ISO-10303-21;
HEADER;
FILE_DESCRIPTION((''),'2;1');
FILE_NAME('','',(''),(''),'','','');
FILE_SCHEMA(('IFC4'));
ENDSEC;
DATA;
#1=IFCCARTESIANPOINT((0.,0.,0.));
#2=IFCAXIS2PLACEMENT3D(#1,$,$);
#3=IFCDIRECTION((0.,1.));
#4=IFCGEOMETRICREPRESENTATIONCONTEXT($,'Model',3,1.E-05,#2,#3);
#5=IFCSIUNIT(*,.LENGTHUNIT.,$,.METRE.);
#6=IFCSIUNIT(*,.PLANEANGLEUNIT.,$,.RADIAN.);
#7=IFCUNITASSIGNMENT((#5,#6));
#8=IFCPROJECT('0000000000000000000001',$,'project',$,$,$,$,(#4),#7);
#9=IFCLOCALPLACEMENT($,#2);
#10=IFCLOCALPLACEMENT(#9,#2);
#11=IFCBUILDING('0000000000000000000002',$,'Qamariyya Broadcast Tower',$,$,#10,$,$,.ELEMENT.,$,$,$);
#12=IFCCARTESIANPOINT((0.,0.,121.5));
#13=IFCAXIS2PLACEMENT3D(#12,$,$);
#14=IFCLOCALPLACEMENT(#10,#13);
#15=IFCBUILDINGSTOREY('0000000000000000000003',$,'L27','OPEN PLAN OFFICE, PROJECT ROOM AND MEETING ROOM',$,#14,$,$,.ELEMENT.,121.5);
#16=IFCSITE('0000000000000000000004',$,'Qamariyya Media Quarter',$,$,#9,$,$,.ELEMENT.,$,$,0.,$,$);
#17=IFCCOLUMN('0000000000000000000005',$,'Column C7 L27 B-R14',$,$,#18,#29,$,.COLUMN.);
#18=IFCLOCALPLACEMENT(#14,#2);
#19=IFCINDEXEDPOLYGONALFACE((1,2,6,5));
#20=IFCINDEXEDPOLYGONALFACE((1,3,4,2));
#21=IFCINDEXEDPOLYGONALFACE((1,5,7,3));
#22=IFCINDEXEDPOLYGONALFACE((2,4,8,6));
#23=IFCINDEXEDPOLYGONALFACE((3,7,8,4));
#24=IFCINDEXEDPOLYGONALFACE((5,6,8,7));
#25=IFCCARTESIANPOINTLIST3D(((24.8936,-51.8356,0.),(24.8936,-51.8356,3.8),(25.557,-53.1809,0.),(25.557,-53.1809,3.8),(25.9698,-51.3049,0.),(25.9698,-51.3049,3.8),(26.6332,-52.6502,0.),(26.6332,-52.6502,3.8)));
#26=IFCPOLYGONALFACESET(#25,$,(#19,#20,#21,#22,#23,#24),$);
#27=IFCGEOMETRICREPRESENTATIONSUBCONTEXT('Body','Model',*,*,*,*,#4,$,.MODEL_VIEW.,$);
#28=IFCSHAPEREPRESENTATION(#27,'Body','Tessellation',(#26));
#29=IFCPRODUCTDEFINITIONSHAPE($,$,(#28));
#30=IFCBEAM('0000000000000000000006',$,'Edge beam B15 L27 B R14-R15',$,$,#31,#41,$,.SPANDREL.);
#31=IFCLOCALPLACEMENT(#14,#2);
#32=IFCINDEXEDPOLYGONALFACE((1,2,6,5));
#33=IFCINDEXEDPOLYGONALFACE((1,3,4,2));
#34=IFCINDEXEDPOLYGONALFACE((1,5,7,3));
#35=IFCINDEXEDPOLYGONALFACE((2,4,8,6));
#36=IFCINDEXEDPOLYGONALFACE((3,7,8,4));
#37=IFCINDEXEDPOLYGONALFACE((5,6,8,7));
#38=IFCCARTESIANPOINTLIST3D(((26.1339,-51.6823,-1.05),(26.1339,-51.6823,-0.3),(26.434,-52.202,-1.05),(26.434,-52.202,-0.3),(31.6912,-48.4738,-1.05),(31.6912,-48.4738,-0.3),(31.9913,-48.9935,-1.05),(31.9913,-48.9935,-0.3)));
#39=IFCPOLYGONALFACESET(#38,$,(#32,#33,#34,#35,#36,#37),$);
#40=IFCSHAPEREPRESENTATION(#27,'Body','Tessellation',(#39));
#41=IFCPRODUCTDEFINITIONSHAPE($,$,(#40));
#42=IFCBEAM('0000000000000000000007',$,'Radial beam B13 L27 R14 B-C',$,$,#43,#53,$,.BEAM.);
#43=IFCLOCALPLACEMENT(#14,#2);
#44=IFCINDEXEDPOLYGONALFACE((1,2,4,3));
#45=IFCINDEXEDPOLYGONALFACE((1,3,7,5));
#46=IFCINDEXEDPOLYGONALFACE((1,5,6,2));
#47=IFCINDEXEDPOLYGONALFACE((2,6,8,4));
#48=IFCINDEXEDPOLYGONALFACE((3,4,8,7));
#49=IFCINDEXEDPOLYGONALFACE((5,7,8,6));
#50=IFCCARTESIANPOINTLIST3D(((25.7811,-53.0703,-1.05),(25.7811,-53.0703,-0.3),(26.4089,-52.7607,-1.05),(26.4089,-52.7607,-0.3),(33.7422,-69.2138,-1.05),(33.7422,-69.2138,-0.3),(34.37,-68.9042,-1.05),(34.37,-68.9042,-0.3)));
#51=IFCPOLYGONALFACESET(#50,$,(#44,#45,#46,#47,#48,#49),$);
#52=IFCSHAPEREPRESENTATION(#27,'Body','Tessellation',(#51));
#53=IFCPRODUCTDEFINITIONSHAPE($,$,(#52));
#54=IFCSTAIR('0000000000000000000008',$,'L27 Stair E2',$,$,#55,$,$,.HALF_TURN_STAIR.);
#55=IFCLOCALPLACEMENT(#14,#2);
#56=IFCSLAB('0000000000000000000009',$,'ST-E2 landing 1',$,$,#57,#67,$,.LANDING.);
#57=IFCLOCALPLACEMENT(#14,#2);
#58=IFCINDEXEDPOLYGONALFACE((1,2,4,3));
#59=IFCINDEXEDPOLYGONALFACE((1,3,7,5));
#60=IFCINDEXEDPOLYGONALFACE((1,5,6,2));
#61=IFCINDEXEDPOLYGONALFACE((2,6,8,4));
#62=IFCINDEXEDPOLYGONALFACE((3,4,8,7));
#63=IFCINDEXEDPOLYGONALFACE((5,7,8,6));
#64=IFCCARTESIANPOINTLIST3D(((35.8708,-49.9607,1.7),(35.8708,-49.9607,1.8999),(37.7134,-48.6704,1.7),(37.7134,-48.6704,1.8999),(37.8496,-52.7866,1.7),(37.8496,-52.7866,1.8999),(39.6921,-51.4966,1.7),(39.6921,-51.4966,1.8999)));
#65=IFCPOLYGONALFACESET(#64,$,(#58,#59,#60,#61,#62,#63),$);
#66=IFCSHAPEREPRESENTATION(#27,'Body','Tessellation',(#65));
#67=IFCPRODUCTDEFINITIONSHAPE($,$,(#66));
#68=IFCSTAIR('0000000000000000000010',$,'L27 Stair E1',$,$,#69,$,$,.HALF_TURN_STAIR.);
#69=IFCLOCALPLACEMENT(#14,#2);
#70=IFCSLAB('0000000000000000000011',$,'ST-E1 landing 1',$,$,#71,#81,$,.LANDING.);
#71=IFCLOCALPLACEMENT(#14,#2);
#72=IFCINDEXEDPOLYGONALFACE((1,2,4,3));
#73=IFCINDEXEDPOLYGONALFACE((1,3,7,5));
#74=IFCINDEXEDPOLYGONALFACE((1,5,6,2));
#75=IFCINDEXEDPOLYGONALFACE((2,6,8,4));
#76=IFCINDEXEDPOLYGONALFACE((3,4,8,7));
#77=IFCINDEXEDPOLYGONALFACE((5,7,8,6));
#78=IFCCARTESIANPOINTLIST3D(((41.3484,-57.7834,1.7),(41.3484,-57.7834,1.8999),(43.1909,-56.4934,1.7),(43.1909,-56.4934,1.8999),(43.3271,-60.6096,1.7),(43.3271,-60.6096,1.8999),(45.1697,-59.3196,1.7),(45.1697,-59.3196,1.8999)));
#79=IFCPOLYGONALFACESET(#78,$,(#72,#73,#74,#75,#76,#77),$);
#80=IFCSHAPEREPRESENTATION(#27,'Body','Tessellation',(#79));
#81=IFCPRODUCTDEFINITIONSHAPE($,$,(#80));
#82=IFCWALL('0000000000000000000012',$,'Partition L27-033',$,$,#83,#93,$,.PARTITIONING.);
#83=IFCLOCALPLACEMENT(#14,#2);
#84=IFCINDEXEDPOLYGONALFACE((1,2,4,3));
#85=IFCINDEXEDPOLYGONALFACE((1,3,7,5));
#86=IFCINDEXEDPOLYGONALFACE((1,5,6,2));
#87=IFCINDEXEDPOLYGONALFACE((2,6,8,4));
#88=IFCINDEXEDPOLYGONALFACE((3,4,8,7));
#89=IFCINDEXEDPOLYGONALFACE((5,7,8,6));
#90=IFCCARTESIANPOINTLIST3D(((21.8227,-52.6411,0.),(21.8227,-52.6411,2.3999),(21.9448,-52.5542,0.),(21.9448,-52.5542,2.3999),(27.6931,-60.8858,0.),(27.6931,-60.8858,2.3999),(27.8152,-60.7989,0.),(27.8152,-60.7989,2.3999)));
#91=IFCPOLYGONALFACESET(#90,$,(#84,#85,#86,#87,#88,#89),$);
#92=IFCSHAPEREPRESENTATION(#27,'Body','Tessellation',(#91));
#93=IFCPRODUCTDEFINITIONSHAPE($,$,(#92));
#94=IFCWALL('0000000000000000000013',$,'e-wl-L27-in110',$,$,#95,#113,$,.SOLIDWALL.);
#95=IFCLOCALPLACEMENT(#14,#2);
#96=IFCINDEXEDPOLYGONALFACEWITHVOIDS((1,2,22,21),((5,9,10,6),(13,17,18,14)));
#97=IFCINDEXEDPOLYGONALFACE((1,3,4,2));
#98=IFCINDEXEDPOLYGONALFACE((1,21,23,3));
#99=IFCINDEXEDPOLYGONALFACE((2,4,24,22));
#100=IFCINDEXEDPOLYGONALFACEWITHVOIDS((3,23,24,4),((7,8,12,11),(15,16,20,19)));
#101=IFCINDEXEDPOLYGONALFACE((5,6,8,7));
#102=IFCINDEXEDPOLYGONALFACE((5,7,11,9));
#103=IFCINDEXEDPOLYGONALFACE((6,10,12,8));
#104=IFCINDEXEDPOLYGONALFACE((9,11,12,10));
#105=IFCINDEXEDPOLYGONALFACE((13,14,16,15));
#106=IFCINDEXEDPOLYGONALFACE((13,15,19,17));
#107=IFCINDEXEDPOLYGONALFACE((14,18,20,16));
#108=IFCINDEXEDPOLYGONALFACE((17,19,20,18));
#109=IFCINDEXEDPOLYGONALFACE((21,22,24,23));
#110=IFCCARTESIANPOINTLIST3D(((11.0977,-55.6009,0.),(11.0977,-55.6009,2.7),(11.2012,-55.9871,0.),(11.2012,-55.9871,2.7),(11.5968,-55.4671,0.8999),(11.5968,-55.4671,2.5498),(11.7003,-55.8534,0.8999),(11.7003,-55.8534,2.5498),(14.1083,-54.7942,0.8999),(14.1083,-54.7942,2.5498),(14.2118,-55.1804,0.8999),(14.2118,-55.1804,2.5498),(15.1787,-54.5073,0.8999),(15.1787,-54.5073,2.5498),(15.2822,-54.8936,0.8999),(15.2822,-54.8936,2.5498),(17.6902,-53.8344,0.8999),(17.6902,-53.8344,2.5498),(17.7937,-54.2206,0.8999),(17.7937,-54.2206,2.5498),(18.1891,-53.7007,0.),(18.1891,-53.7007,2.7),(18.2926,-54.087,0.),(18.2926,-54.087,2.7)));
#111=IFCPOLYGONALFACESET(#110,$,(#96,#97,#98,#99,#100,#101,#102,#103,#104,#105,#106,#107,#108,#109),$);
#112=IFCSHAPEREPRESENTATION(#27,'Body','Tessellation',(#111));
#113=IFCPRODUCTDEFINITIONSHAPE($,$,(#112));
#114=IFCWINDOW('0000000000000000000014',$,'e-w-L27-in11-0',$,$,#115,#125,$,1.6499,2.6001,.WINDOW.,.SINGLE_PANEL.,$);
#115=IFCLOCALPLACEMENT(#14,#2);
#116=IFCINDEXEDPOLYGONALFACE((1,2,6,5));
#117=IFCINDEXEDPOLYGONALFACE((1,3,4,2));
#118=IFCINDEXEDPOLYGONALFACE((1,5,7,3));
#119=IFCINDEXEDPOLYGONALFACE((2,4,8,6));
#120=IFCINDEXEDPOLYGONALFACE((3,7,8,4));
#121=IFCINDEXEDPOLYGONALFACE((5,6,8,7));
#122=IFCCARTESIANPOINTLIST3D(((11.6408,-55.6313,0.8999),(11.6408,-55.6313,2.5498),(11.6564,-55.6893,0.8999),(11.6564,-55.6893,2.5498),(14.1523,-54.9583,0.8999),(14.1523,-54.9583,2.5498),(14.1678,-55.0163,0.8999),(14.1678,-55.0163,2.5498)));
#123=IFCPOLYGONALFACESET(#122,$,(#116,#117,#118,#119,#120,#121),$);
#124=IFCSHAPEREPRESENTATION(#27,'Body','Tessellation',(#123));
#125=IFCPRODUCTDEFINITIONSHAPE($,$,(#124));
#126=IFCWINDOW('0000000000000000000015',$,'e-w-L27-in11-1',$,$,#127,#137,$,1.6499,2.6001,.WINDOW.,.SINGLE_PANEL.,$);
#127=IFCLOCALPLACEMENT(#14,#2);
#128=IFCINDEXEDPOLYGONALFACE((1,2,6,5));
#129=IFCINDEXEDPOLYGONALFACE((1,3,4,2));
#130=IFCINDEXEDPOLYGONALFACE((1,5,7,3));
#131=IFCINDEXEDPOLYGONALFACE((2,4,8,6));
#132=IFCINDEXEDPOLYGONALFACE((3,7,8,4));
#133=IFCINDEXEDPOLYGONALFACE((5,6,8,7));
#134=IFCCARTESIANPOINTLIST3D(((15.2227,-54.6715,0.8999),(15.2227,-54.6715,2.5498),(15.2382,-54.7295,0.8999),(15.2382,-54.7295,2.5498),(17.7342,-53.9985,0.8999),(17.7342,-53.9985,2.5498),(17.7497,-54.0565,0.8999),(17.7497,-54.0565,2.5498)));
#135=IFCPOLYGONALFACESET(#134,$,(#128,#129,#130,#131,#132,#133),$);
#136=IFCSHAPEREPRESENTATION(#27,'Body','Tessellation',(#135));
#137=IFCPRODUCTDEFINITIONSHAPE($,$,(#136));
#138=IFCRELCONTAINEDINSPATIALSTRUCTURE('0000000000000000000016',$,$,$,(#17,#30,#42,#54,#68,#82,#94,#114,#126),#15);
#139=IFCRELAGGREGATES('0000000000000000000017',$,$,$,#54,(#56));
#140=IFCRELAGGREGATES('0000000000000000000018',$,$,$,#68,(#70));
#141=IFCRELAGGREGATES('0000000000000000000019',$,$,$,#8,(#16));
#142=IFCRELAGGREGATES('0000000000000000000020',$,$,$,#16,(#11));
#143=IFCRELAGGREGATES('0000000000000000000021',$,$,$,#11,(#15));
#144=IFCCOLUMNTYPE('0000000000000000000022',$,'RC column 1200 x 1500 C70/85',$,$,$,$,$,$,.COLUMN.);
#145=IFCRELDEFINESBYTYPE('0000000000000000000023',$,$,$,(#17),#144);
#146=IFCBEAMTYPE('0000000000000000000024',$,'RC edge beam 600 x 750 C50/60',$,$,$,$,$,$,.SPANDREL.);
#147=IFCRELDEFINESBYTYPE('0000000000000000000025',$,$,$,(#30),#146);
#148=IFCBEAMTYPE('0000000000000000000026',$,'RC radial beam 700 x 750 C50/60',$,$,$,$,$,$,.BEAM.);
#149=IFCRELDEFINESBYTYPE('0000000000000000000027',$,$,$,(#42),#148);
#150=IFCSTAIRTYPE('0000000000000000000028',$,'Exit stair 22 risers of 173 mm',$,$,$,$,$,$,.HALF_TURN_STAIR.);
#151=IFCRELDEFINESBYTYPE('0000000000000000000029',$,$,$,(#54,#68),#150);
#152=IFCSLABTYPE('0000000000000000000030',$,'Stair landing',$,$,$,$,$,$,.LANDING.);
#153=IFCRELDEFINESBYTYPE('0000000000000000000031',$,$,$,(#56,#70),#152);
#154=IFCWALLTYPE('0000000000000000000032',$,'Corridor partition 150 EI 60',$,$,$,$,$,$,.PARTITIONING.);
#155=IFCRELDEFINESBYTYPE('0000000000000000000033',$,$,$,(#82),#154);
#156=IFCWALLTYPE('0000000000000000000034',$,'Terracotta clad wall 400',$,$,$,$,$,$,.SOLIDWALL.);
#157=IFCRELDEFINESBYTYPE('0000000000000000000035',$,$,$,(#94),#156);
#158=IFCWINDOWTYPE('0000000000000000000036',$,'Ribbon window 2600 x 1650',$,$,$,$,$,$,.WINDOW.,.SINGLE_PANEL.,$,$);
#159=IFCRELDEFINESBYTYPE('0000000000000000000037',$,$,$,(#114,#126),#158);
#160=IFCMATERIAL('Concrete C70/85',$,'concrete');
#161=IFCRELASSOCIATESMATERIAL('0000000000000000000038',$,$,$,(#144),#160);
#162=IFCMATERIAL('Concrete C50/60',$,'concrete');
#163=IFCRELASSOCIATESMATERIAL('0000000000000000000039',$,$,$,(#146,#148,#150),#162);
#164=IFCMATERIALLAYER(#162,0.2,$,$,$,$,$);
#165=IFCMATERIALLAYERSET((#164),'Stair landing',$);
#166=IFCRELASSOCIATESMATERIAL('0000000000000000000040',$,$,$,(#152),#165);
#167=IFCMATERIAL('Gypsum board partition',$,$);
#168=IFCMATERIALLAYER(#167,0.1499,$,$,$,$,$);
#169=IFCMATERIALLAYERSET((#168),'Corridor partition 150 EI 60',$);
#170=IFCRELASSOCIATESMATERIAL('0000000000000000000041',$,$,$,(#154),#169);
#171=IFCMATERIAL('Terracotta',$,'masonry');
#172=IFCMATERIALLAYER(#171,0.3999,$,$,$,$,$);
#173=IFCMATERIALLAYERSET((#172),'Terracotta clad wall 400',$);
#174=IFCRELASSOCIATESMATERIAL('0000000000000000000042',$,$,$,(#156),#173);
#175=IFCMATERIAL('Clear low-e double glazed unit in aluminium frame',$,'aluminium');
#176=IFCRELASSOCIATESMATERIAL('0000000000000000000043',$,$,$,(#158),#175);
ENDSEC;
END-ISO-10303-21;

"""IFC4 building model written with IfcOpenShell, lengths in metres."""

from ifc_helpers import new_model, si_unit, direction, frame, frame_2d, origin, origin_2d, place, context, subcontext, project, spatial, polyline, rectangle, outline, extrude, material, layer, layer_set, material_profile, profile_set, type_object, element, fill, aggregate, save


model = new_model("IFC4")

# Units and contexts
model_context = context("Model", 3, precision=1e-05, world=origin(), true_north=direction((0.0, 1.0)))
body_context = subcontext(model_context, "Body", "Model", "MODEL_VIEW")
ifc_project = project(units=[si_unit("LENGTHUNIT", "METRE"), si_unit("PLANEANGLEUNIT", "RADIAN")], contexts=[model_context])

# Site, building, storey
site_placement = place(None, origin())
site = spatial("IfcSite", under=ifc_project, at=site_placement, Name="Qamariyya Media Quarter", CompositionType="ELEMENT", RefElevation=0.0)
building_placement = place(site_placement, origin())
building = spatial("IfcBuilding", under=site, at=building_placement, Name="Qamariyya Broadcast Tower", CompositionType="ELEMENT")
storey_placement = place(building_placement, frame((0.0, 0.0, 121.5)))
storey = spatial("IfcBuildingStorey", under=building, at=storey_placement, Name="L27", Description="OPEN PLAN OFFICE, PROJECT ROOM AND MEETING ROOM", CompositionType="ELEMENT", Elevation=121.5)

# Column
ifc_material_1 = material(Name="Concrete C70/85", Category="concrete")
ifc_material_profile_1 = material_profile(ifc_material_1, rectangle(XDim=1.2, YDim=1.5, at=origin_2d()))
ifc_profile_set_1 = profile_set([ifc_material_profile_1], Name="Concrete C70/85")
column_type = type_object("IfcColumnType", Name="RC column 1200 x 1500 C70/85", PredefinedType="COLUMN", material=ifc_profile_set_1)
column_placement = place(storey_placement, frame((25.7634, -52.2429, 0.0), z_axis=(0.0, 0.0, 1.0), x_axis=(0.896873, 0.442289, 0.0)))
element("IfcColumn", 1, at=column_placement, inside=storey, type_object=column_type, Name="Column C7 L27 B-R14", PredefinedType="COLUMN", context=body_context, shape_type="SweptSolid", body=[
    extrude(rectangle(XDim=1.2, YDim=1.5, at=origin_2d()), origin(), (0.0, 0.0, 1.0), 3.8),
])

# Beams
ifc_material_2 = material(Name="Concrete C50/60", Category="concrete")
ifc_material_profile_2 = material_profile(ifc_material_2, rectangle(XDim=0.6001, YDim=0.75, at=origin_2d()))
ifc_profile_set_2 = profile_set([ifc_material_profile_2], Name="Concrete C50/60")
beam_type_1 = type_object("IfcBeamType", Name="RC edge beam 600 x 750 C50/60", PredefinedType="SPANDREL", material=ifc_profile_set_2)
beam_1_placement = place(storey_placement, frame((26.2839, -51.9421, -0.675), z_axis=(0.866029, 0.499994, 0.0), x_axis=(-0.499994, 0.866029, 0.0)))
element("IfcBeam", 2, at=beam_1_placement, inside=storey, type_object=beam_type_1, Name="Edge beam B15 L27 B R14-R15", PredefinedType="SPANDREL", context=body_context, shape_type="SweptSolid", body=[
    extrude(rectangle(XDim=0.6001, YDim=0.75, at=origin_2d()), origin(), (0.0, 0.0, 1.0), 6.417),
])
ifc_material_profile_3 = material_profile(ifc_material_2, rectangle(XDim=0.7, YDim=0.75, at=origin_2d()))
ifc_profile_set_3 = profile_set([ifc_material_profile_3], Name="Concrete C50/60")
beam_type_2 = type_object("IfcBeamType", Name="RC radial beam 700 x 750 C50/60", PredefinedType="BEAM", material=ifc_profile_set_3)
beam_2_placement = place(storey_placement, frame((26.095, -52.9155, -0.675), z_axis=(0.442291, -0.896871, 0.0), x_axis=(0.896871, 0.442291, 0.0)))
element("IfcBeam", 3, at=beam_2_placement, inside=storey, type_object=beam_type_2, Name="Radial beam B13 L27 R14 B-C", PredefinedType="BEAM", context=body_context, shape_type="SweptSolid", body=[
    extrude(rectangle(XDim=0.7, YDim=0.75, at=origin_2d()), origin(), (0.0, 0.0, 1.0), 17.9998),
])

# Stairs, slabs
stair_type = type_object("IfcStairType", Name="Exit stair 22 risers of 173 mm", PredefinedType="HALF_TURN_STAIR", material=ifc_material_2)
stair_1_placement = place(storey_placement, origin())
stair_1 = element("IfcStair", 4, at=stair_1_placement, inside=storey, type_object=stair_type, Name="L27 Stair E2", PredefinedType="HALF_TURN_STAIR")
ifc_layer_1 = layer(ifc_material_2, 0.2)
ifc_layer_set_1 = layer_set([ifc_layer_1], Name="Stair landing")
slab_type = type_object("IfcSlabType", Name="Stair landing", PredefinedType="LANDING", material=ifc_layer_set_1)
slab_1_placement = place(storey_placement, frame((0.0, 0.0, 1.7)))
slab_1 = element("IfcSlab", 5, at=slab_1_placement, type_object=slab_type, Name="ST-E2 landing 1", PredefinedType="LANDING", context=body_context, shape_type="SweptSolid", body=[
    extrude(outline(polyline([(37.7134, -48.6704), (35.8708, -49.9607), (37.8496, -52.7866), (39.6921, -51.4966), (37.7134, -48.6704)])), origin(), (0.0, 0.0, 1.0), 0.2),
])
aggregate(stair_1, [slab_1])
stair_2_placement = place(storey_placement, origin())
stair_2 = element("IfcStair", 6, at=stair_2_placement, inside=storey, type_object=stair_type, Name="L27 Stair E1", PredefinedType="HALF_TURN_STAIR")
slab_2_placement = place(storey_placement, frame((0.0, 0.0, 1.7)))
slab_2 = element("IfcSlab", 7, at=slab_2_placement, type_object=slab_type, Name="ST-E1 landing 1", PredefinedType="LANDING", context=body_context, shape_type="SweptSolid", body=[
    extrude(outline(polyline([(43.1909, -56.4934), (41.3484, -57.7834), (43.3271, -60.6096), (45.1697, -59.3196), (43.1909, -56.4934)])), origin(), (0.0, 0.0, 1.0), 0.2),
])
aggregate(stair_2, [slab_2])

# Wall
ifc_material_3 = material(Name="Gypsum board partition")
ifc_layer_2 = layer(ifc_material_3, 0.1499)
ifc_layer_set_2 = layer_set([ifc_layer_2], Name="Corridor partition 150 EI 60")
wall_type_1 = type_object("IfcWallType", Name="Corridor partition 150 EI 60", PredefinedType="PARTITIONING", material=ifc_layer_set_2)
wall_1_placement = place(storey_placement, frame((21.8838, -52.5977, 0.0), z_axis=(0.0, 0.0, 1.0), x_axis=(0.580017, -0.814605, 0.0)))
element("IfcWall", 8, at=wall_1_placement, inside=storey, type_object=wall_type_1, Name="Partition L27-033", PredefinedType="PARTITIONING", context=body_context, shape_type="SweptSolid", body=[
    extrude(rectangle(XDim=10.1211, YDim=0.1499, at=frame_2d((5.0605, 0.0))), origin(), (0.0, 0.0, 1.0), 2.3999),
])

# Wall, openings, windows
ifc_material_4 = material(Name="Terracotta", Category="masonry")
ifc_layer_3 = layer(ifc_material_4, 0.3999)
ifc_layer_set_3 = layer_set([ifc_layer_3], Name="Terracotta clad wall 400")
wall_type_2 = type_object("IfcWallType", Name="Terracotta clad wall 400", PredefinedType="SOLIDWALL", material=ifc_layer_set_3)
wall_2_placement = place(storey_placement, frame((18.241, -53.8938, 0.0), z_axis=(0.0, 0.0, 1.0), x_axis=(-0.965925, -0.258824, 0.0)))
wall_2 = element("IfcWall", 9, at=wall_2_placement, inside=storey, type_object=wall_type_2, Name="e-wl-L27-in110", PredefinedType="SOLIDWALL", context=body_context, shape_type="SweptSolid", body=[
    extrude(rectangle(XDim=7.3416, YDim=0.3999, at=frame_2d((3.6709, 0.0))), origin(), (0.0, 0.0, 1.0), 2.7),
])
opening_1_placement = place(wall_2_placement, frame((4.2249, 0.0, 0.8999)))
opening_1 = element("IfcOpeningElement", 10, at=opening_1_placement, cuts=wall_2, PredefinedType="OPENING", context=body_context, shape_type="SweptSolid", body=[
    extrude(rectangle(XDim=2.6001, YDim=1.6499, at=frame_2d((1.3, 0.825))), frame((0.0, 0.21, 0.0), z_axis=(0.0, -1.0, 0.0), x_axis=(1.0, 0.0, 0.0)), (0.0, 0.0, 1.0), 0.4199),
])
opening_2_placement = place(wall_2_placement, frame((0.5166, 0.0, 0.8999)))
opening_2 = element("IfcOpeningElement", 11, at=opening_2_placement, cuts=wall_2, PredefinedType="OPENING", context=body_context, shape_type="SweptSolid", body=[
    extrude(rectangle(XDim=2.6001, YDim=1.6499, at=frame_2d((1.3, 0.825))), frame((0.0, 0.21, 0.0), z_axis=(0.0, -1.0, 0.0), x_axis=(1.0, 0.0, 0.0)), (0.0, 0.0, 1.0), 0.4199),
])
ifc_material_5 = material(Name="Clear low-e double glazed unit in aluminium frame", Category="aluminium")
window_type = type_object("IfcWindowType", Name="Ribbon window 2600 x 1650", PartitioningType="SINGLE_PANEL", PredefinedType="WINDOW", material=ifc_material_5)
window_1_placement = place(opening_1_placement, origin())
window_1 = element("IfcWindow", 12, at=window_1_placement, inside=storey, type_object=window_type, Name="e-w-L27-in11-0", OverallHeight=1.6499, OverallWidth=2.6001, PartitioningType="SINGLE_PANEL", PredefinedType="WINDOW", context=body_context, shape_type="SweptSolid", body=[
    extrude(rectangle(XDim=2.6001, YDim=1.6499, at=frame_2d((1.3, 0.825))), frame((0.0, 0.03, 0.0), z_axis=(0.0, -1.0, 0.0), x_axis=(1.0, 0.0, 0.0)), (0.0, 0.0, 1.0), 0.0601),
])
fill(opening_1, window_1)
window_2_placement = place(opening_2_placement, origin())
window_2 = element("IfcWindow", 13, at=window_2_placement, inside=storey, type_object=window_type, Name="e-w-L27-in11-1", OverallHeight=1.6499, OverallWidth=2.6001, PartitioningType="SINGLE_PANEL", PredefinedType="WINDOW", context=body_context, shape_type="SweptSolid", body=[
    extrude(rectangle(XDim=2.6001, YDim=1.6499, at=frame_2d((1.3, 0.825))), frame((0.0, 0.03, 0.0), z_axis=(0.0, -1.0, 0.0), x_axis=(1.0, 0.0, 0.0)), (0.0, 0.0, 1.0), 0.0601),
])
fill(opening_2, window_2)

save(model, "model.ifc")
